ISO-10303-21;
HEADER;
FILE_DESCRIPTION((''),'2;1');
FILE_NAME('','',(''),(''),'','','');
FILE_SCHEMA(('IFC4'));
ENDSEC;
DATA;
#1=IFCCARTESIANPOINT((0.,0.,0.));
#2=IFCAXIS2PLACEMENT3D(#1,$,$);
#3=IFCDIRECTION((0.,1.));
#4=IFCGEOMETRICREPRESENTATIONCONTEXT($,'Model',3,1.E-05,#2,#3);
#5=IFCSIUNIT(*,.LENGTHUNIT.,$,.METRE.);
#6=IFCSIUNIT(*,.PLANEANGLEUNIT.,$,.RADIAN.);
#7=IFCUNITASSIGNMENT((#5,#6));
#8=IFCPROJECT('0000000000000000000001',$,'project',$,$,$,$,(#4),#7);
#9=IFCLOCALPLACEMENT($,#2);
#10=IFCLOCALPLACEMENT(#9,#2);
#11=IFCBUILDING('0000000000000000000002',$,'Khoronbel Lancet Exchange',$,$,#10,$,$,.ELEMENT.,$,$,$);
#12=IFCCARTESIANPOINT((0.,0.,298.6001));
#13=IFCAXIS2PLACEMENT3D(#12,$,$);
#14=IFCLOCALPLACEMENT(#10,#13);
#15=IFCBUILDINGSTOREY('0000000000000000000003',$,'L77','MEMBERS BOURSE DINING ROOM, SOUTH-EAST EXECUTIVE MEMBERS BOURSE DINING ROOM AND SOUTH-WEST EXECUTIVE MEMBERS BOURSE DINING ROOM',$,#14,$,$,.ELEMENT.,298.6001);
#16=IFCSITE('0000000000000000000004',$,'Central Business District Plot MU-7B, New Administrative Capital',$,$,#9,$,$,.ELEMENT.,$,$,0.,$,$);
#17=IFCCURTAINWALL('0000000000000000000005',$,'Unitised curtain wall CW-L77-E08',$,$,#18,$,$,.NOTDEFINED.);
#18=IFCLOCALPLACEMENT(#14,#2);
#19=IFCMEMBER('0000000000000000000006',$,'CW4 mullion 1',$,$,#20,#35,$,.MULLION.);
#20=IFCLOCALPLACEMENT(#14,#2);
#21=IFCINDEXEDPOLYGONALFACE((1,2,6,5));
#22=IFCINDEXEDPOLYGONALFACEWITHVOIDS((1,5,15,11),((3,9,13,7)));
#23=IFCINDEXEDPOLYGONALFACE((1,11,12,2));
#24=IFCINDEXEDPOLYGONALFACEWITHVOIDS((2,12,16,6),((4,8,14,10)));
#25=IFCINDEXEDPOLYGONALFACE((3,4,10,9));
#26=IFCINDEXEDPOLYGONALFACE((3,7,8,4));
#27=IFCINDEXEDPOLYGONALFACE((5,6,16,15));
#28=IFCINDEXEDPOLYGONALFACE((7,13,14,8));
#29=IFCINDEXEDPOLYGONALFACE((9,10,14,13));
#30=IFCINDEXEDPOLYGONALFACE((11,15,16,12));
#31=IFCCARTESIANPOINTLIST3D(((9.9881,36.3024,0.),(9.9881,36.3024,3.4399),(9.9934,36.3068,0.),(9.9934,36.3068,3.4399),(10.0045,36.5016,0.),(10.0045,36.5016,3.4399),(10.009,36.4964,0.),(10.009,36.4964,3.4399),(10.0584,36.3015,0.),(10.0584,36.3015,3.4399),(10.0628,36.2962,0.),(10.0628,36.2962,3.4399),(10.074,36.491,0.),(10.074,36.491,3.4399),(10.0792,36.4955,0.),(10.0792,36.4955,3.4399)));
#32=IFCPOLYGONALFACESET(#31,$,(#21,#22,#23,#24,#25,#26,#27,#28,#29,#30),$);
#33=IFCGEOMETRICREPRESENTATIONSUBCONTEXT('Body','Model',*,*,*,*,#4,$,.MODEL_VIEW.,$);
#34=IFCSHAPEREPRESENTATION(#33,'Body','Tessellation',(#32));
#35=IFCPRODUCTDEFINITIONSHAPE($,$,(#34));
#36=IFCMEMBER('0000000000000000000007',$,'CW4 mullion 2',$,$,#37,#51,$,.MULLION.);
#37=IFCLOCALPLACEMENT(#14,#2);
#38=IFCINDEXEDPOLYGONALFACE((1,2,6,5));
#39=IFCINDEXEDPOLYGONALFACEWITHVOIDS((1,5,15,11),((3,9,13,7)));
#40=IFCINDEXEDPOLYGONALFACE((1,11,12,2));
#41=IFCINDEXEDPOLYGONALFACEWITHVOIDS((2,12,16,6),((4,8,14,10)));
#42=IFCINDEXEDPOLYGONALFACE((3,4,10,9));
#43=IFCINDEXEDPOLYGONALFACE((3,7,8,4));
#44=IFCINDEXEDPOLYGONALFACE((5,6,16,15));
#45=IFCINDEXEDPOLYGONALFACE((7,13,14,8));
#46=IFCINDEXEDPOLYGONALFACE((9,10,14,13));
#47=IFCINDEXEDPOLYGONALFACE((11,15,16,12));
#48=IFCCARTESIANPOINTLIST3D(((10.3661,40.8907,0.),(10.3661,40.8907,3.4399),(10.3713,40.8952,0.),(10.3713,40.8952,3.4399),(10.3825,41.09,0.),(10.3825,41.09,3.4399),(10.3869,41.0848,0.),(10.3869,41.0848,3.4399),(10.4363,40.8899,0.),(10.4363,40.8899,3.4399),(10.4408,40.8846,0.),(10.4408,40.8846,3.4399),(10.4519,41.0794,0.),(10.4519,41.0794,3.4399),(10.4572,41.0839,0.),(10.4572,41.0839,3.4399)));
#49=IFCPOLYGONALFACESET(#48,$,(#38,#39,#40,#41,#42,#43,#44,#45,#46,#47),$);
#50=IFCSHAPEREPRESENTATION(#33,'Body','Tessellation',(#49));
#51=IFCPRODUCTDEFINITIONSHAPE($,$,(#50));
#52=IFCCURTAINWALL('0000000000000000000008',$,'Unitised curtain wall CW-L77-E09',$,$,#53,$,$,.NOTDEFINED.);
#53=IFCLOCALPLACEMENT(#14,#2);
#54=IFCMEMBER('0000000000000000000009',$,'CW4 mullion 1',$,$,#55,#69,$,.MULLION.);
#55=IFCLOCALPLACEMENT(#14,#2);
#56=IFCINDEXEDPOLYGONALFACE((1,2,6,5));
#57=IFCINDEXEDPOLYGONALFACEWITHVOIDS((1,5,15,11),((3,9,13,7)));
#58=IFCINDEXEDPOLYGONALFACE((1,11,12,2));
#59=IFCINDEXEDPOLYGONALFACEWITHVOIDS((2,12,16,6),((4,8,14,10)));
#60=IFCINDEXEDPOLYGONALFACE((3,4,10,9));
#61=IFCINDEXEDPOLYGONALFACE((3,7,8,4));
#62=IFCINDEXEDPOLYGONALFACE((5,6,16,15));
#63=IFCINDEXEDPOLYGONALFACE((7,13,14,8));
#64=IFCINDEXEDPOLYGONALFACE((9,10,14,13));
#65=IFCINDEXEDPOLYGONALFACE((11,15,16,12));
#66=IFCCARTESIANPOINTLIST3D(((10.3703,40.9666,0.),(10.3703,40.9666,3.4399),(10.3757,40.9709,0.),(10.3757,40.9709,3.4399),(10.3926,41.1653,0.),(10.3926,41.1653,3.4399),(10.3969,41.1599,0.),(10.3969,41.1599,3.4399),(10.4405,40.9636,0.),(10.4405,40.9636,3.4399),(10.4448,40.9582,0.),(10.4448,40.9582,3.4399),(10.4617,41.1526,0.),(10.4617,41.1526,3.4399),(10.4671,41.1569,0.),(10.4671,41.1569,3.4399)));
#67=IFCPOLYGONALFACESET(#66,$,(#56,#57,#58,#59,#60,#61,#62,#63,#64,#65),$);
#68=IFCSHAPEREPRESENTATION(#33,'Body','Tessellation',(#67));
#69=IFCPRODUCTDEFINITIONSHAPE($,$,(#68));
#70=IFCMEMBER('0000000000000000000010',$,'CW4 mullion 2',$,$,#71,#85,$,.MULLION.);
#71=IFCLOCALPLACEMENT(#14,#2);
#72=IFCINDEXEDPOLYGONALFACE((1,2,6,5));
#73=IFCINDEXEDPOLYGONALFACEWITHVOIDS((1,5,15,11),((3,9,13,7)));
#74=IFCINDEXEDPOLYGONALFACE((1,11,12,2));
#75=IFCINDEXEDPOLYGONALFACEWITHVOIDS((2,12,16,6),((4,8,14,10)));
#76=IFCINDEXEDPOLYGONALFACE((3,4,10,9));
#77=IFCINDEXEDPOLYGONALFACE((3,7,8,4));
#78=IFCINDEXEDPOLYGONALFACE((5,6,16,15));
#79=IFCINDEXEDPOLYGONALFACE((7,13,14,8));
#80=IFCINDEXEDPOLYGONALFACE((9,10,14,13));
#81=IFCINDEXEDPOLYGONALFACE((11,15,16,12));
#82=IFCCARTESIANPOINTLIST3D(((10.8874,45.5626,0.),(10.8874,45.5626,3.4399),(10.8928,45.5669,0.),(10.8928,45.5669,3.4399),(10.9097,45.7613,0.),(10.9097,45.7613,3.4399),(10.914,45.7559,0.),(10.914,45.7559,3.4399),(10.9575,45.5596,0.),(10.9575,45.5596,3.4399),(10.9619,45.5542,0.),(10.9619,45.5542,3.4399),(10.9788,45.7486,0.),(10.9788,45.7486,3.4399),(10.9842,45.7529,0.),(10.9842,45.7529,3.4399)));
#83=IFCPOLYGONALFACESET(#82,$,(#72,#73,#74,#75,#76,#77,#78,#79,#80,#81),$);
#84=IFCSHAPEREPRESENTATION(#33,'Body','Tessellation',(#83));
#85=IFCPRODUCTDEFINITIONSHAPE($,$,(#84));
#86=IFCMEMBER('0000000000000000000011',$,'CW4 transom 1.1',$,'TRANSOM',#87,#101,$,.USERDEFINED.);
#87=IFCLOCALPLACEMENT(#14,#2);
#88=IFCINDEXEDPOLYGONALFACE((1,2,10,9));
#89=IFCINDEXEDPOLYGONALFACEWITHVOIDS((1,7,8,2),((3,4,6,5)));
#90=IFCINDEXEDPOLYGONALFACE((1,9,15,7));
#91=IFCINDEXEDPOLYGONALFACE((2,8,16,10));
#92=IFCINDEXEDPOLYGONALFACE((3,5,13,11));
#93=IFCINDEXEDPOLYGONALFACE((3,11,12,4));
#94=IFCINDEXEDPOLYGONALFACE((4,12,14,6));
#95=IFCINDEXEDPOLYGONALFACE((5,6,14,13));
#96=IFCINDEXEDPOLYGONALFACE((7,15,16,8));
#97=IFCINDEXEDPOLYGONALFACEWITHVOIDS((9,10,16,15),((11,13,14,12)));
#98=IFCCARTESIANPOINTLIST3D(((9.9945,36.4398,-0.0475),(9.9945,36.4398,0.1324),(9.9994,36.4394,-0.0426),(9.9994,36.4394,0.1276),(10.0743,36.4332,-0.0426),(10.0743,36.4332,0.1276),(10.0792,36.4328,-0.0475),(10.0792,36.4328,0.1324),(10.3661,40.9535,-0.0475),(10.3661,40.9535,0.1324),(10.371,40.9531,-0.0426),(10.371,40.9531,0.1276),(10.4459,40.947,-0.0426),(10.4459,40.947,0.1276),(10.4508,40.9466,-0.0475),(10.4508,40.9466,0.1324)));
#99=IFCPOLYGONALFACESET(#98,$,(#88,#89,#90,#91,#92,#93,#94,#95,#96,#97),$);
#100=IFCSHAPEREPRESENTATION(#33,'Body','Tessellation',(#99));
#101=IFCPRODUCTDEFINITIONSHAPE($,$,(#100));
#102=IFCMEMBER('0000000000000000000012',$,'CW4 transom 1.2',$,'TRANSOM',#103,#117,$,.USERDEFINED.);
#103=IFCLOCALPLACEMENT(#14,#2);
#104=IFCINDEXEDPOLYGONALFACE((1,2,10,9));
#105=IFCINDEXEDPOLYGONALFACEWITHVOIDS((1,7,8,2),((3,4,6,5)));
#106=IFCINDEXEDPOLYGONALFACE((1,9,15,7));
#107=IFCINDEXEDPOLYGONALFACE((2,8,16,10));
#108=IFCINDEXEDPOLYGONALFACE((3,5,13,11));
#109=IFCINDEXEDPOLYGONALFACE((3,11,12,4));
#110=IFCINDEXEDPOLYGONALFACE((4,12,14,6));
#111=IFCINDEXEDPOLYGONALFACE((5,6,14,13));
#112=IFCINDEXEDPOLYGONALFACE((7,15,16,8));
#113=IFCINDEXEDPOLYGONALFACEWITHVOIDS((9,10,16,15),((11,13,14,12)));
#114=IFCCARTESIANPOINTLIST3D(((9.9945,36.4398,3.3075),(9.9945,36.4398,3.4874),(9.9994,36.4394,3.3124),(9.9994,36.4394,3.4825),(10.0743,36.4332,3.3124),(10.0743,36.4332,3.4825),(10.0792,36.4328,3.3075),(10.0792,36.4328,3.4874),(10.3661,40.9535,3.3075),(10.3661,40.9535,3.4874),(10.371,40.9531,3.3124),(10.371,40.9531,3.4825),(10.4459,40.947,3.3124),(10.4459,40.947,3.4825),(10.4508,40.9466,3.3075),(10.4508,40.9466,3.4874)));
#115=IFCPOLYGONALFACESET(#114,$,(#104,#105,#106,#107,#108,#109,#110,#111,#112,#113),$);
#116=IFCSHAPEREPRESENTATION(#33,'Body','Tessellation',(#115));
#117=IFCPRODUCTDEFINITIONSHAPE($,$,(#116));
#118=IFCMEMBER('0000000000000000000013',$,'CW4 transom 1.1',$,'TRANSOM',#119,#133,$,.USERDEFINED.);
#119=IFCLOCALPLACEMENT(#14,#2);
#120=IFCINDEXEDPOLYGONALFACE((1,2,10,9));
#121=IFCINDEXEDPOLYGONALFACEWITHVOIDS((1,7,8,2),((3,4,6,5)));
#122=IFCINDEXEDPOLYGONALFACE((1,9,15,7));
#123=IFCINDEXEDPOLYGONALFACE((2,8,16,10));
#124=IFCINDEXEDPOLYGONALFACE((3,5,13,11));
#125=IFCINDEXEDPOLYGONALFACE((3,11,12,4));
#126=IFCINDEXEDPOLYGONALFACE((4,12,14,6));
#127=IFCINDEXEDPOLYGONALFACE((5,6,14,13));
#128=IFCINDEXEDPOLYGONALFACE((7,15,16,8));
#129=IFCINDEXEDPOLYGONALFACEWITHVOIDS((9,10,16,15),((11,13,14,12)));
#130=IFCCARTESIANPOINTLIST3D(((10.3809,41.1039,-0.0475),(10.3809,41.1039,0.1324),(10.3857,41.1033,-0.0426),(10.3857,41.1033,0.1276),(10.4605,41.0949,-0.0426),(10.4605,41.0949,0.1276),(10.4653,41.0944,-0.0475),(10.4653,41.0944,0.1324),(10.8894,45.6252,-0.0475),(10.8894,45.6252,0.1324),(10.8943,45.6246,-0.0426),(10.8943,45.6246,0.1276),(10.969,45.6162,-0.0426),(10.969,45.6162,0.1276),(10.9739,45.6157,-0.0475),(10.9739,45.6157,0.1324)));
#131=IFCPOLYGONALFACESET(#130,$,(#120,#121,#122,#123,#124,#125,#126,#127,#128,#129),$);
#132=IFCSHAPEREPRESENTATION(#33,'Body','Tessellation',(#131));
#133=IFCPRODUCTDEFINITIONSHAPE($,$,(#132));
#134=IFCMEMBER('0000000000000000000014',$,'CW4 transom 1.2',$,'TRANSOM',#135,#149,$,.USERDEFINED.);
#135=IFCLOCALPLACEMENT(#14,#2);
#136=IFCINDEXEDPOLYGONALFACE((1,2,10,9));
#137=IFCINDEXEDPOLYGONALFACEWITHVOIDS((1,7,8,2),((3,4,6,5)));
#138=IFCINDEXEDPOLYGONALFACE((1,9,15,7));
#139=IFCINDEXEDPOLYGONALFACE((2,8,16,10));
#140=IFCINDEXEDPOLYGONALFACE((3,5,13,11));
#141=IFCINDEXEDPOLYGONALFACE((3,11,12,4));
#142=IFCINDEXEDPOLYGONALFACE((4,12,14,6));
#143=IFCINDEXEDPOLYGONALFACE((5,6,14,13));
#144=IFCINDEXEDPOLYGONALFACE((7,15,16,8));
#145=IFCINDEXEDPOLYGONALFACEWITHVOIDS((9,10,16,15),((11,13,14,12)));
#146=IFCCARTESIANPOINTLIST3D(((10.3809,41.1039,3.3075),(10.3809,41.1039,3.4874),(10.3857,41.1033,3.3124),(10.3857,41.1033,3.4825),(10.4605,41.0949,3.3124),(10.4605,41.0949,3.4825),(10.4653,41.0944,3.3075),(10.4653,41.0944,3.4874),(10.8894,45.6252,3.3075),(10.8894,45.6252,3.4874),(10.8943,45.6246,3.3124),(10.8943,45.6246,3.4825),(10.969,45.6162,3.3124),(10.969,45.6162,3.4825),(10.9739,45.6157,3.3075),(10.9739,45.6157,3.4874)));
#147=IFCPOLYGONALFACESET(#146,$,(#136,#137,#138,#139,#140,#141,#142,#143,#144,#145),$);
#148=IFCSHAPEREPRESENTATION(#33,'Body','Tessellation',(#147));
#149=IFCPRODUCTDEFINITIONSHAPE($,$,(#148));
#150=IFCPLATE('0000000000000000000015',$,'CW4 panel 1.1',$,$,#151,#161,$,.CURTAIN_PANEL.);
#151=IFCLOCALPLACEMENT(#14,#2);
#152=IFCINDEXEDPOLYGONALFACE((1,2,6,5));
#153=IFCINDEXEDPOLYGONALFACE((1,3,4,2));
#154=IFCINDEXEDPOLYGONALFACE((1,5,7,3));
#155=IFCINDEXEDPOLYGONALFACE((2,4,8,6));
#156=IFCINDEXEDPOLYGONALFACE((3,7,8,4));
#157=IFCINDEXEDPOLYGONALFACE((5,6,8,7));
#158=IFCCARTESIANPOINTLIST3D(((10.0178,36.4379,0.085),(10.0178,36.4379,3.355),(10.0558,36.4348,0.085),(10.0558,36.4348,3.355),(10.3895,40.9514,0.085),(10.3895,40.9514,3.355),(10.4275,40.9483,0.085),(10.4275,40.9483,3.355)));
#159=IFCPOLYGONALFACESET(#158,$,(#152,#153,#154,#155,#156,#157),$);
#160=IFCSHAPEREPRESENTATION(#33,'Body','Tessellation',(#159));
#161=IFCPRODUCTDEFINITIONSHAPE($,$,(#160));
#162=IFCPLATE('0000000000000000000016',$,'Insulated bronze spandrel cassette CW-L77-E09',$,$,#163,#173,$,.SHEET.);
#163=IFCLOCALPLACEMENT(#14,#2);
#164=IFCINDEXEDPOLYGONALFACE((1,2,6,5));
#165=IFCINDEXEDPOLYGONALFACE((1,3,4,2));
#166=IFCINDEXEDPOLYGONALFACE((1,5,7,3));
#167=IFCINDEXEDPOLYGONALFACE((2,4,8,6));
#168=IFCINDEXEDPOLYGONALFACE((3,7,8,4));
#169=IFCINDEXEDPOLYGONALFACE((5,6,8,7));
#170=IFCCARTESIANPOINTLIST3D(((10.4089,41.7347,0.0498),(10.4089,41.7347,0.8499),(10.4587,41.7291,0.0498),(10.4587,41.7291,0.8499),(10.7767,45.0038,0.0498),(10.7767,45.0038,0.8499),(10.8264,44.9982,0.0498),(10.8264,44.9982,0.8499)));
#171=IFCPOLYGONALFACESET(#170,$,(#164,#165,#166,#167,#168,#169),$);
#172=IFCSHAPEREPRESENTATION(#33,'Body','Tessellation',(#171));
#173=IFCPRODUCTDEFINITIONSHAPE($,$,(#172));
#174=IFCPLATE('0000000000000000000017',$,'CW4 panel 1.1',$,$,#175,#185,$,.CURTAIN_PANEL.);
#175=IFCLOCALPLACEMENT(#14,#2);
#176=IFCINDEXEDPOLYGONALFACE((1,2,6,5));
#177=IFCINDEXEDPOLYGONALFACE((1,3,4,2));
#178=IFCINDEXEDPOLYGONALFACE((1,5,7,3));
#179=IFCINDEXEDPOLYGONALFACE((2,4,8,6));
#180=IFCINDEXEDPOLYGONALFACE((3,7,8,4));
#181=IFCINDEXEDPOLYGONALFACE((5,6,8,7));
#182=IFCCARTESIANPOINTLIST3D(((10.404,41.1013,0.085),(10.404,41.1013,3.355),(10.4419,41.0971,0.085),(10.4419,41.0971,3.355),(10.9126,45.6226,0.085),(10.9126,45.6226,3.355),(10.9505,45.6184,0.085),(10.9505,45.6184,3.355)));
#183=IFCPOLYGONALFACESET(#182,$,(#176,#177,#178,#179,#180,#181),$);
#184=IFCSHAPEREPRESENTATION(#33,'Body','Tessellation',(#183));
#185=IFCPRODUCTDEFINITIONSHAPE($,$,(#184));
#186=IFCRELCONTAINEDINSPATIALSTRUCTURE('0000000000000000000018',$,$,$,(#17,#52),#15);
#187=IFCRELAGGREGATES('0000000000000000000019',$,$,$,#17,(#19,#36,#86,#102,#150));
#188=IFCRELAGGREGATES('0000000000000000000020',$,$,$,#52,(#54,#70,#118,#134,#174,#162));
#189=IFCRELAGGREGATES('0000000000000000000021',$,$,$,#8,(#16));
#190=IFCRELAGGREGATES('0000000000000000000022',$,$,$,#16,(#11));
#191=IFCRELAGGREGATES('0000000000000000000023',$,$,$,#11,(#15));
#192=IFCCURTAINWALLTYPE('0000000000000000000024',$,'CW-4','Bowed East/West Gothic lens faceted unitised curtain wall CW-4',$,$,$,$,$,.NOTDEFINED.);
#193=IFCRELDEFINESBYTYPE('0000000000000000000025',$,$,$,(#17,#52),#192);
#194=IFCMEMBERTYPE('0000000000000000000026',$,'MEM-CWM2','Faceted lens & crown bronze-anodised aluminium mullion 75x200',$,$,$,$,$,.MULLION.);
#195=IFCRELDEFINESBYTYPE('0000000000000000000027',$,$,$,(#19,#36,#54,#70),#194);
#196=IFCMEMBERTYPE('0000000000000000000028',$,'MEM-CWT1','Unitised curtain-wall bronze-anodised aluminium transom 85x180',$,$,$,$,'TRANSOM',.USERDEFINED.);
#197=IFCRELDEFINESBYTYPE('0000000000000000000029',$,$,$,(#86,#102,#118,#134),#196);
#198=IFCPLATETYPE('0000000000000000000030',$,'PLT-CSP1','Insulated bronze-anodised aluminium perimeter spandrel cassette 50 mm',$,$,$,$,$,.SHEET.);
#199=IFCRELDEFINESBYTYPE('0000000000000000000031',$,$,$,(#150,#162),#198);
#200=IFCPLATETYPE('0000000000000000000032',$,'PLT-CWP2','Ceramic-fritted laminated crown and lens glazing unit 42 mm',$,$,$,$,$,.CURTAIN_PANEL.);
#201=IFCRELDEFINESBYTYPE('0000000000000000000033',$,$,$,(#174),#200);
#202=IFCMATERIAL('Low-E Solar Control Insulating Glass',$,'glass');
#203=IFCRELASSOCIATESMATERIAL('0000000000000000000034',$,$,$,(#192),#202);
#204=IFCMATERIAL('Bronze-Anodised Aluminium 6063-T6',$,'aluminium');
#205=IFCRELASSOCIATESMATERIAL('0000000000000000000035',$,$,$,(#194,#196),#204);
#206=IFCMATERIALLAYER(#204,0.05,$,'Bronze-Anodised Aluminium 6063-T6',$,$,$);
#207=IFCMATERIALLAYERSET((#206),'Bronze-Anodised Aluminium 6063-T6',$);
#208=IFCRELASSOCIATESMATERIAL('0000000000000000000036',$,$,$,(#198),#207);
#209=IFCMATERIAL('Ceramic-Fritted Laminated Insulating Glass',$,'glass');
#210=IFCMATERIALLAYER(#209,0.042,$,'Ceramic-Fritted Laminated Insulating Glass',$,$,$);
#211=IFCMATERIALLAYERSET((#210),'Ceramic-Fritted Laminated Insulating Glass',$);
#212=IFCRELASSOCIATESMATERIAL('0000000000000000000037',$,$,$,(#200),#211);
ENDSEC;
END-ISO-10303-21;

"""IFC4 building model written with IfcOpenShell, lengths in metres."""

from ifc_helpers import new_model, si_unit, direction, frame, origin, origin_2d, place, context, subcontext, project, spatial, rectangle, hollow_rectangle, extrude, material, layer, layer_set, material_profile, profile_set, type_object, element, aggregate, save


model = new_model("IFC4")

# Units and contexts
model_context = context("Model", 3, precision=1e-05, world=origin(), true_north=direction((0.0, 1.0)))
body_context = subcontext(model_context, "Body", "Model", "MODEL_VIEW")
ifc_project = project(units=[si_unit("LENGTHUNIT", "METRE"), si_unit("PLANEANGLEUNIT", "RADIAN")], contexts=[model_context])

# Site, building, storey
site_placement = place(None, origin())
site = spatial("IfcSite", under=ifc_project, at=site_placement, Name="Central Business District Plot MU-7B, New Administrative Capital", CompositionType="ELEMENT", RefElevation=0.0)
building_placement = place(site_placement, origin())
building = spatial("IfcBuilding", under=site, at=building_placement, Name="Khoronbel Lancet Exchange", CompositionType="ELEMENT")
storey_placement = place(building_placement, frame((0.0, 0.0, 298.6001)))
storey = spatial("IfcBuildingStorey", under=building, at=storey_placement, Name="L77", Description="MEMBERS BOURSE DINING ROOM, SOUTH-EAST EXECUTIVE MEMBERS BOURSE DINING ROOM AND SOUTH-WEST EXECUTIVE MEMBERS BOURSE DINING ROOM", CompositionType="ELEMENT", Elevation=298.6001)

# Shared definitions
ifc_material_1 = material(Name="Low-E Solar Control Insulating Glass", Category="glass")
curtain_wall_type = type_object("IfcCurtainWallType", Name="CW-4", Description="Bowed East/West Gothic lens faceted unitised curtain wall CW-4", PredefinedType="NOTDEFINED", material=ifc_material_1)
ifc_material_2 = material(Name="Bronze-Anodised Aluminium 6063-T6", Category="aluminium")
ifc_material_profile_1 = material_profile(ifc_material_2, hollow_rectangle(XDim=0.075, YDim=0.2, WallThickness=0.0049, at=origin_2d()), Name="ALU MULLION 75x200")
ifc_profile_set_1 = profile_set([ifc_material_profile_1], Name="Bronze-Anodised Aluminium 6063-T6")
member_type_1 = type_object("IfcMemberType", Name="MEM-CWM2", Description="Faceted lens & crown bronze-anodised aluminium mullion 75x200", PredefinedType="MULLION", material=ifc_profile_set_1)

# Curtain walls, members
curtain_wall_1_placement = place(storey_placement, origin())
curtain_wall_1 = element("IfcCurtainWall", 1, at=curtain_wall_1_placement, inside=storey, type_object=curtain_wall_type, Name="Unitised curtain wall CW-L77-E08", PredefinedType="NOTDEFINED")
member_1_placement = place(storey_placement, frame((10.0337, 36.3989, 0.0), z_axis=(0.0, 0.0, 1.0), x_axis=(-0.996626, 0.082073, 0.0)))
member_1 = element("IfcMember", 2, at=member_1_placement, type_object=member_type_1, Name="CW4 mullion 1", PredefinedType="MULLION", context=body_context, shape_type="SweptSolid", body=[
    extrude(hollow_rectangle(XDim=0.075, YDim=0.2, WallThickness=0.0049, at=origin_2d()), origin(), (0.0, 0.0, 1.0), 3.4399),
])
member_2_placement = place(storey_placement, frame((10.4116, 40.9873, 0.0), z_axis=(0.0, 0.0, 1.0), x_axis=(-0.996626, 0.082073, 0.0)))
member_2 = element("IfcMember", 3, at=member_2_placement, type_object=member_type_1, Name="CW4 mullion 2", PredefinedType="MULLION", context=body_context, shape_type="SweptSolid", body=[
    extrude(hollow_rectangle(XDim=0.075, YDim=0.2, WallThickness=0.0049, at=origin_2d()), origin(), (0.0, 0.0, 1.0), 3.4399),
])
curtain_wall_2_placement = place(storey_placement, origin())
curtain_wall_2 = element("IfcCurtainWall", 4, at=curtain_wall_2_placement, inside=storey, type_object=curtain_wall_type, Name="Unitised curtain wall CW-L77-E09", PredefinedType="NOTDEFINED")
member_3_placement = place(storey_placement, frame((10.4187, 41.0618, 0.0), z_axis=(0.0, 0.0, 1.0), x_axis=(-0.993732, 0.111791, 0.0)))
member_3 = element("IfcMember", 5, at=member_3_placement, type_object=member_type_1, Name="CW4 mullion 1", PredefinedType="MULLION", context=body_context, shape_type="SweptSolid", body=[
    extrude(hollow_rectangle(XDim=0.075, YDim=0.2, WallThickness=0.0049, at=origin_2d()), origin(), (0.0, 0.0, 1.0), 3.4399),
])
member_4_placement = place(storey_placement, frame((10.9358, 45.6577, 0.0), z_axis=(0.0, 0.0, 1.0), x_axis=(-0.993732, 0.111791, 0.0)))
member_4 = element("IfcMember", 6, at=member_4_placement, type_object=member_type_1, Name="CW4 mullion 2", PredefinedType="MULLION", context=body_context, shape_type="SweptSolid", body=[
    extrude(hollow_rectangle(XDim=0.075, YDim=0.2, WallThickness=0.0049, at=origin_2d()), origin(), (0.0, 0.0, 1.0), 3.4399),
])

# Members
ifc_material_profile_2 = material_profile(ifc_material_2, hollow_rectangle(XDim=0.085, YDim=0.1799, WallThickness=0.0049, at=origin_2d()), Name="ALU TRANSOM 85x180")
ifc_profile_set_2 = profile_set([ifc_material_profile_2], Name="Bronze-Anodised Aluminium 6063-T6")
member_type_2 = type_object("IfcMemberType", Name="MEM-CWT1", Description="Unitised curtain-wall bronze-anodised aluminium transom 85x180", ElementType="TRANSOM", PredefinedType="USERDEFINED", material=ifc_profile_set_2)
member_5_placement = place(storey_placement, frame((10.0369, 36.4363, 0.0425), z_axis=(0.082046, 0.996629, 0.0), x_axis=(-0.996629, 0.082046, 0.0)))
member_5 = element("IfcMember", 7, at=member_5_placement, type_object=member_type_2, Name="CW4 transom 1.1", ObjectType="TRANSOM", PredefinedType="USERDEFINED", context=body_context, shape_type="SweptSolid", body=[
    extrude(hollow_rectangle(XDim=0.085, YDim=0.1799, WallThickness=0.0049, at=origin_2d()), origin(), (0.0, 0.0, 1.0), 4.5291),
])
member_6_placement = place(storey_placement, frame((10.0369, 36.4363, 3.3975), z_axis=(0.082046, 0.996629, 0.0), x_axis=(-0.996629, 0.082046, 0.0)))
member_6 = element("IfcMember", 8, at=member_6_placement, type_object=member_type_2, Name="CW4 transom 1.2", ObjectType="TRANSOM", PredefinedType="USERDEFINED", context=body_context, shape_type="SweptSolid", body=[
    extrude(hollow_rectangle(XDim=0.085, YDim=0.1799, WallThickness=0.0049, at=origin_2d()), origin(), (0.0, 0.0, 1.0), 4.5291),
])
member_7_placement = place(storey_placement, frame((10.4231, 41.0991, 0.0425), z_axis=(0.111774, 0.993734, 0.0), x_axis=(-0.993734, 0.111774, 0.0)))
member_7 = element("IfcMember", 9, at=member_7_placement, type_object=member_type_2, Name="CW4 transom 1.1", ObjectType="TRANSOM", PredefinedType="USERDEFINED", context=body_context, shape_type="SweptSolid", body=[
    extrude(hollow_rectangle(XDim=0.085, YDim=0.1799, WallThickness=0.0049, at=origin_2d()), origin(), (0.0, 0.0, 1.0), 4.5498),
])
member_8_placement = place(storey_placement, frame((10.4231, 41.0991, 3.3975), z_axis=(0.111774, 0.993734, 0.0), x_axis=(-0.993734, 0.111774, 0.0)))
member_8 = element("IfcMember", 10, at=member_8_placement, type_object=member_type_2, Name="CW4 transom 1.2", ObjectType="TRANSOM", PredefinedType="USERDEFINED", context=body_context, shape_type="SweptSolid", body=[
    extrude(hollow_rectangle(XDim=0.085, YDim=0.1799, WallThickness=0.0049, at=origin_2d()), origin(), (0.0, 0.0, 1.0), 4.5498),
])

# Plates
ifc_layer_1 = layer(ifc_material_2, 0.05, Name="Bronze-Anodised Aluminium 6063-T6")
ifc_layer_set_1 = layer_set([ifc_layer_1], Name="Bronze-Anodised Aluminium 6063-T6")
plate_type_1 = type_object("IfcPlateType", Name="PLT-CSP1", Description="Insulated bronze-anodised aluminium perimeter spandrel cassette 50 mm", PredefinedType="SHEET", material=ifc_layer_set_1)
plate_1_placement = place(storey_placement, frame((10.2227, 38.6931, 0.085), z_axis=(0.0, 0.0, 1.0), x_axis=(0.082073, 0.996626, 0.0)))
plate_1 = element("IfcPlate", 11, at=plate_1_placement, type_object=plate_type_1, Name="CW4 panel 1.1", PredefinedType="CURTAIN_PANEL", context=body_context, shape_type="SweptSolid", body=[
    extrude(rectangle(XDim=4.5288, YDim=0.0381, at=origin_2d()), origin(), (0.0, 0.0, 1.0), 3.27),
])
aggregate(curtain_wall_1, [member_1, member_2, member_5, member_6, plate_1])
plate_2_placement = place(storey_placement, frame((10.6177, 43.3665, 0.0498), z_axis=(0.0, 0.0, 1.0), x_axis=(0.111791, 0.993732, 0.0)))
plate_2 = element("IfcPlate", 12, at=plate_2_placement, type_object=plate_type_1, Name="Insulated bronze spandrel cassette CW-L77-E09", PredefinedType="SHEET", context=body_context, shape_type="SweptSolid", body=[
    extrude(rectangle(XDim=3.2898, YDim=0.05, at=origin_2d()), origin(), (0.0, 0.0, 1.0), 0.8),
])
ifc_material_3 = material(Name="Ceramic-Fritted Laminated Insulating Glass", Category="glass")
ifc_layer_2 = layer(ifc_material_3, 0.042, Name="Ceramic-Fritted Laminated Insulating Glass")
ifc_layer_set_2 = layer_set([ifc_layer_2], Name="Ceramic-Fritted Laminated Insulating Glass")
plate_type_2 = type_object("IfcPlateType", Name="PLT-CWP2", Description="Ceramic-fritted laminated crown and lens glazing unit 42 mm", PredefinedType="CURTAIN_PANEL", material=ifc_layer_set_2)
plate_3_placement = place(storey_placement, frame((10.6772, 43.3599, 0.085), z_axis=(0.0, 0.0, 1.0), x_axis=(0.111791, 0.993732, 0.0)))
plate_3 = element("IfcPlate", 13, at=plate_3_placement, type_object=plate_type_2, Name="CW4 panel 1.1", PredefinedType="CURTAIN_PANEL", context=body_context, shape_type="SweptSolid", body=[
    extrude(rectangle(XDim=4.5498, YDim=0.0381, at=origin_2d()), origin(), (0.0, 0.0, 1.0), 3.27),
])
aggregate(curtain_wall_2, [member_3, member_4, member_7, member_8, plate_3, plate_2])

save(model, "model.ifc")
